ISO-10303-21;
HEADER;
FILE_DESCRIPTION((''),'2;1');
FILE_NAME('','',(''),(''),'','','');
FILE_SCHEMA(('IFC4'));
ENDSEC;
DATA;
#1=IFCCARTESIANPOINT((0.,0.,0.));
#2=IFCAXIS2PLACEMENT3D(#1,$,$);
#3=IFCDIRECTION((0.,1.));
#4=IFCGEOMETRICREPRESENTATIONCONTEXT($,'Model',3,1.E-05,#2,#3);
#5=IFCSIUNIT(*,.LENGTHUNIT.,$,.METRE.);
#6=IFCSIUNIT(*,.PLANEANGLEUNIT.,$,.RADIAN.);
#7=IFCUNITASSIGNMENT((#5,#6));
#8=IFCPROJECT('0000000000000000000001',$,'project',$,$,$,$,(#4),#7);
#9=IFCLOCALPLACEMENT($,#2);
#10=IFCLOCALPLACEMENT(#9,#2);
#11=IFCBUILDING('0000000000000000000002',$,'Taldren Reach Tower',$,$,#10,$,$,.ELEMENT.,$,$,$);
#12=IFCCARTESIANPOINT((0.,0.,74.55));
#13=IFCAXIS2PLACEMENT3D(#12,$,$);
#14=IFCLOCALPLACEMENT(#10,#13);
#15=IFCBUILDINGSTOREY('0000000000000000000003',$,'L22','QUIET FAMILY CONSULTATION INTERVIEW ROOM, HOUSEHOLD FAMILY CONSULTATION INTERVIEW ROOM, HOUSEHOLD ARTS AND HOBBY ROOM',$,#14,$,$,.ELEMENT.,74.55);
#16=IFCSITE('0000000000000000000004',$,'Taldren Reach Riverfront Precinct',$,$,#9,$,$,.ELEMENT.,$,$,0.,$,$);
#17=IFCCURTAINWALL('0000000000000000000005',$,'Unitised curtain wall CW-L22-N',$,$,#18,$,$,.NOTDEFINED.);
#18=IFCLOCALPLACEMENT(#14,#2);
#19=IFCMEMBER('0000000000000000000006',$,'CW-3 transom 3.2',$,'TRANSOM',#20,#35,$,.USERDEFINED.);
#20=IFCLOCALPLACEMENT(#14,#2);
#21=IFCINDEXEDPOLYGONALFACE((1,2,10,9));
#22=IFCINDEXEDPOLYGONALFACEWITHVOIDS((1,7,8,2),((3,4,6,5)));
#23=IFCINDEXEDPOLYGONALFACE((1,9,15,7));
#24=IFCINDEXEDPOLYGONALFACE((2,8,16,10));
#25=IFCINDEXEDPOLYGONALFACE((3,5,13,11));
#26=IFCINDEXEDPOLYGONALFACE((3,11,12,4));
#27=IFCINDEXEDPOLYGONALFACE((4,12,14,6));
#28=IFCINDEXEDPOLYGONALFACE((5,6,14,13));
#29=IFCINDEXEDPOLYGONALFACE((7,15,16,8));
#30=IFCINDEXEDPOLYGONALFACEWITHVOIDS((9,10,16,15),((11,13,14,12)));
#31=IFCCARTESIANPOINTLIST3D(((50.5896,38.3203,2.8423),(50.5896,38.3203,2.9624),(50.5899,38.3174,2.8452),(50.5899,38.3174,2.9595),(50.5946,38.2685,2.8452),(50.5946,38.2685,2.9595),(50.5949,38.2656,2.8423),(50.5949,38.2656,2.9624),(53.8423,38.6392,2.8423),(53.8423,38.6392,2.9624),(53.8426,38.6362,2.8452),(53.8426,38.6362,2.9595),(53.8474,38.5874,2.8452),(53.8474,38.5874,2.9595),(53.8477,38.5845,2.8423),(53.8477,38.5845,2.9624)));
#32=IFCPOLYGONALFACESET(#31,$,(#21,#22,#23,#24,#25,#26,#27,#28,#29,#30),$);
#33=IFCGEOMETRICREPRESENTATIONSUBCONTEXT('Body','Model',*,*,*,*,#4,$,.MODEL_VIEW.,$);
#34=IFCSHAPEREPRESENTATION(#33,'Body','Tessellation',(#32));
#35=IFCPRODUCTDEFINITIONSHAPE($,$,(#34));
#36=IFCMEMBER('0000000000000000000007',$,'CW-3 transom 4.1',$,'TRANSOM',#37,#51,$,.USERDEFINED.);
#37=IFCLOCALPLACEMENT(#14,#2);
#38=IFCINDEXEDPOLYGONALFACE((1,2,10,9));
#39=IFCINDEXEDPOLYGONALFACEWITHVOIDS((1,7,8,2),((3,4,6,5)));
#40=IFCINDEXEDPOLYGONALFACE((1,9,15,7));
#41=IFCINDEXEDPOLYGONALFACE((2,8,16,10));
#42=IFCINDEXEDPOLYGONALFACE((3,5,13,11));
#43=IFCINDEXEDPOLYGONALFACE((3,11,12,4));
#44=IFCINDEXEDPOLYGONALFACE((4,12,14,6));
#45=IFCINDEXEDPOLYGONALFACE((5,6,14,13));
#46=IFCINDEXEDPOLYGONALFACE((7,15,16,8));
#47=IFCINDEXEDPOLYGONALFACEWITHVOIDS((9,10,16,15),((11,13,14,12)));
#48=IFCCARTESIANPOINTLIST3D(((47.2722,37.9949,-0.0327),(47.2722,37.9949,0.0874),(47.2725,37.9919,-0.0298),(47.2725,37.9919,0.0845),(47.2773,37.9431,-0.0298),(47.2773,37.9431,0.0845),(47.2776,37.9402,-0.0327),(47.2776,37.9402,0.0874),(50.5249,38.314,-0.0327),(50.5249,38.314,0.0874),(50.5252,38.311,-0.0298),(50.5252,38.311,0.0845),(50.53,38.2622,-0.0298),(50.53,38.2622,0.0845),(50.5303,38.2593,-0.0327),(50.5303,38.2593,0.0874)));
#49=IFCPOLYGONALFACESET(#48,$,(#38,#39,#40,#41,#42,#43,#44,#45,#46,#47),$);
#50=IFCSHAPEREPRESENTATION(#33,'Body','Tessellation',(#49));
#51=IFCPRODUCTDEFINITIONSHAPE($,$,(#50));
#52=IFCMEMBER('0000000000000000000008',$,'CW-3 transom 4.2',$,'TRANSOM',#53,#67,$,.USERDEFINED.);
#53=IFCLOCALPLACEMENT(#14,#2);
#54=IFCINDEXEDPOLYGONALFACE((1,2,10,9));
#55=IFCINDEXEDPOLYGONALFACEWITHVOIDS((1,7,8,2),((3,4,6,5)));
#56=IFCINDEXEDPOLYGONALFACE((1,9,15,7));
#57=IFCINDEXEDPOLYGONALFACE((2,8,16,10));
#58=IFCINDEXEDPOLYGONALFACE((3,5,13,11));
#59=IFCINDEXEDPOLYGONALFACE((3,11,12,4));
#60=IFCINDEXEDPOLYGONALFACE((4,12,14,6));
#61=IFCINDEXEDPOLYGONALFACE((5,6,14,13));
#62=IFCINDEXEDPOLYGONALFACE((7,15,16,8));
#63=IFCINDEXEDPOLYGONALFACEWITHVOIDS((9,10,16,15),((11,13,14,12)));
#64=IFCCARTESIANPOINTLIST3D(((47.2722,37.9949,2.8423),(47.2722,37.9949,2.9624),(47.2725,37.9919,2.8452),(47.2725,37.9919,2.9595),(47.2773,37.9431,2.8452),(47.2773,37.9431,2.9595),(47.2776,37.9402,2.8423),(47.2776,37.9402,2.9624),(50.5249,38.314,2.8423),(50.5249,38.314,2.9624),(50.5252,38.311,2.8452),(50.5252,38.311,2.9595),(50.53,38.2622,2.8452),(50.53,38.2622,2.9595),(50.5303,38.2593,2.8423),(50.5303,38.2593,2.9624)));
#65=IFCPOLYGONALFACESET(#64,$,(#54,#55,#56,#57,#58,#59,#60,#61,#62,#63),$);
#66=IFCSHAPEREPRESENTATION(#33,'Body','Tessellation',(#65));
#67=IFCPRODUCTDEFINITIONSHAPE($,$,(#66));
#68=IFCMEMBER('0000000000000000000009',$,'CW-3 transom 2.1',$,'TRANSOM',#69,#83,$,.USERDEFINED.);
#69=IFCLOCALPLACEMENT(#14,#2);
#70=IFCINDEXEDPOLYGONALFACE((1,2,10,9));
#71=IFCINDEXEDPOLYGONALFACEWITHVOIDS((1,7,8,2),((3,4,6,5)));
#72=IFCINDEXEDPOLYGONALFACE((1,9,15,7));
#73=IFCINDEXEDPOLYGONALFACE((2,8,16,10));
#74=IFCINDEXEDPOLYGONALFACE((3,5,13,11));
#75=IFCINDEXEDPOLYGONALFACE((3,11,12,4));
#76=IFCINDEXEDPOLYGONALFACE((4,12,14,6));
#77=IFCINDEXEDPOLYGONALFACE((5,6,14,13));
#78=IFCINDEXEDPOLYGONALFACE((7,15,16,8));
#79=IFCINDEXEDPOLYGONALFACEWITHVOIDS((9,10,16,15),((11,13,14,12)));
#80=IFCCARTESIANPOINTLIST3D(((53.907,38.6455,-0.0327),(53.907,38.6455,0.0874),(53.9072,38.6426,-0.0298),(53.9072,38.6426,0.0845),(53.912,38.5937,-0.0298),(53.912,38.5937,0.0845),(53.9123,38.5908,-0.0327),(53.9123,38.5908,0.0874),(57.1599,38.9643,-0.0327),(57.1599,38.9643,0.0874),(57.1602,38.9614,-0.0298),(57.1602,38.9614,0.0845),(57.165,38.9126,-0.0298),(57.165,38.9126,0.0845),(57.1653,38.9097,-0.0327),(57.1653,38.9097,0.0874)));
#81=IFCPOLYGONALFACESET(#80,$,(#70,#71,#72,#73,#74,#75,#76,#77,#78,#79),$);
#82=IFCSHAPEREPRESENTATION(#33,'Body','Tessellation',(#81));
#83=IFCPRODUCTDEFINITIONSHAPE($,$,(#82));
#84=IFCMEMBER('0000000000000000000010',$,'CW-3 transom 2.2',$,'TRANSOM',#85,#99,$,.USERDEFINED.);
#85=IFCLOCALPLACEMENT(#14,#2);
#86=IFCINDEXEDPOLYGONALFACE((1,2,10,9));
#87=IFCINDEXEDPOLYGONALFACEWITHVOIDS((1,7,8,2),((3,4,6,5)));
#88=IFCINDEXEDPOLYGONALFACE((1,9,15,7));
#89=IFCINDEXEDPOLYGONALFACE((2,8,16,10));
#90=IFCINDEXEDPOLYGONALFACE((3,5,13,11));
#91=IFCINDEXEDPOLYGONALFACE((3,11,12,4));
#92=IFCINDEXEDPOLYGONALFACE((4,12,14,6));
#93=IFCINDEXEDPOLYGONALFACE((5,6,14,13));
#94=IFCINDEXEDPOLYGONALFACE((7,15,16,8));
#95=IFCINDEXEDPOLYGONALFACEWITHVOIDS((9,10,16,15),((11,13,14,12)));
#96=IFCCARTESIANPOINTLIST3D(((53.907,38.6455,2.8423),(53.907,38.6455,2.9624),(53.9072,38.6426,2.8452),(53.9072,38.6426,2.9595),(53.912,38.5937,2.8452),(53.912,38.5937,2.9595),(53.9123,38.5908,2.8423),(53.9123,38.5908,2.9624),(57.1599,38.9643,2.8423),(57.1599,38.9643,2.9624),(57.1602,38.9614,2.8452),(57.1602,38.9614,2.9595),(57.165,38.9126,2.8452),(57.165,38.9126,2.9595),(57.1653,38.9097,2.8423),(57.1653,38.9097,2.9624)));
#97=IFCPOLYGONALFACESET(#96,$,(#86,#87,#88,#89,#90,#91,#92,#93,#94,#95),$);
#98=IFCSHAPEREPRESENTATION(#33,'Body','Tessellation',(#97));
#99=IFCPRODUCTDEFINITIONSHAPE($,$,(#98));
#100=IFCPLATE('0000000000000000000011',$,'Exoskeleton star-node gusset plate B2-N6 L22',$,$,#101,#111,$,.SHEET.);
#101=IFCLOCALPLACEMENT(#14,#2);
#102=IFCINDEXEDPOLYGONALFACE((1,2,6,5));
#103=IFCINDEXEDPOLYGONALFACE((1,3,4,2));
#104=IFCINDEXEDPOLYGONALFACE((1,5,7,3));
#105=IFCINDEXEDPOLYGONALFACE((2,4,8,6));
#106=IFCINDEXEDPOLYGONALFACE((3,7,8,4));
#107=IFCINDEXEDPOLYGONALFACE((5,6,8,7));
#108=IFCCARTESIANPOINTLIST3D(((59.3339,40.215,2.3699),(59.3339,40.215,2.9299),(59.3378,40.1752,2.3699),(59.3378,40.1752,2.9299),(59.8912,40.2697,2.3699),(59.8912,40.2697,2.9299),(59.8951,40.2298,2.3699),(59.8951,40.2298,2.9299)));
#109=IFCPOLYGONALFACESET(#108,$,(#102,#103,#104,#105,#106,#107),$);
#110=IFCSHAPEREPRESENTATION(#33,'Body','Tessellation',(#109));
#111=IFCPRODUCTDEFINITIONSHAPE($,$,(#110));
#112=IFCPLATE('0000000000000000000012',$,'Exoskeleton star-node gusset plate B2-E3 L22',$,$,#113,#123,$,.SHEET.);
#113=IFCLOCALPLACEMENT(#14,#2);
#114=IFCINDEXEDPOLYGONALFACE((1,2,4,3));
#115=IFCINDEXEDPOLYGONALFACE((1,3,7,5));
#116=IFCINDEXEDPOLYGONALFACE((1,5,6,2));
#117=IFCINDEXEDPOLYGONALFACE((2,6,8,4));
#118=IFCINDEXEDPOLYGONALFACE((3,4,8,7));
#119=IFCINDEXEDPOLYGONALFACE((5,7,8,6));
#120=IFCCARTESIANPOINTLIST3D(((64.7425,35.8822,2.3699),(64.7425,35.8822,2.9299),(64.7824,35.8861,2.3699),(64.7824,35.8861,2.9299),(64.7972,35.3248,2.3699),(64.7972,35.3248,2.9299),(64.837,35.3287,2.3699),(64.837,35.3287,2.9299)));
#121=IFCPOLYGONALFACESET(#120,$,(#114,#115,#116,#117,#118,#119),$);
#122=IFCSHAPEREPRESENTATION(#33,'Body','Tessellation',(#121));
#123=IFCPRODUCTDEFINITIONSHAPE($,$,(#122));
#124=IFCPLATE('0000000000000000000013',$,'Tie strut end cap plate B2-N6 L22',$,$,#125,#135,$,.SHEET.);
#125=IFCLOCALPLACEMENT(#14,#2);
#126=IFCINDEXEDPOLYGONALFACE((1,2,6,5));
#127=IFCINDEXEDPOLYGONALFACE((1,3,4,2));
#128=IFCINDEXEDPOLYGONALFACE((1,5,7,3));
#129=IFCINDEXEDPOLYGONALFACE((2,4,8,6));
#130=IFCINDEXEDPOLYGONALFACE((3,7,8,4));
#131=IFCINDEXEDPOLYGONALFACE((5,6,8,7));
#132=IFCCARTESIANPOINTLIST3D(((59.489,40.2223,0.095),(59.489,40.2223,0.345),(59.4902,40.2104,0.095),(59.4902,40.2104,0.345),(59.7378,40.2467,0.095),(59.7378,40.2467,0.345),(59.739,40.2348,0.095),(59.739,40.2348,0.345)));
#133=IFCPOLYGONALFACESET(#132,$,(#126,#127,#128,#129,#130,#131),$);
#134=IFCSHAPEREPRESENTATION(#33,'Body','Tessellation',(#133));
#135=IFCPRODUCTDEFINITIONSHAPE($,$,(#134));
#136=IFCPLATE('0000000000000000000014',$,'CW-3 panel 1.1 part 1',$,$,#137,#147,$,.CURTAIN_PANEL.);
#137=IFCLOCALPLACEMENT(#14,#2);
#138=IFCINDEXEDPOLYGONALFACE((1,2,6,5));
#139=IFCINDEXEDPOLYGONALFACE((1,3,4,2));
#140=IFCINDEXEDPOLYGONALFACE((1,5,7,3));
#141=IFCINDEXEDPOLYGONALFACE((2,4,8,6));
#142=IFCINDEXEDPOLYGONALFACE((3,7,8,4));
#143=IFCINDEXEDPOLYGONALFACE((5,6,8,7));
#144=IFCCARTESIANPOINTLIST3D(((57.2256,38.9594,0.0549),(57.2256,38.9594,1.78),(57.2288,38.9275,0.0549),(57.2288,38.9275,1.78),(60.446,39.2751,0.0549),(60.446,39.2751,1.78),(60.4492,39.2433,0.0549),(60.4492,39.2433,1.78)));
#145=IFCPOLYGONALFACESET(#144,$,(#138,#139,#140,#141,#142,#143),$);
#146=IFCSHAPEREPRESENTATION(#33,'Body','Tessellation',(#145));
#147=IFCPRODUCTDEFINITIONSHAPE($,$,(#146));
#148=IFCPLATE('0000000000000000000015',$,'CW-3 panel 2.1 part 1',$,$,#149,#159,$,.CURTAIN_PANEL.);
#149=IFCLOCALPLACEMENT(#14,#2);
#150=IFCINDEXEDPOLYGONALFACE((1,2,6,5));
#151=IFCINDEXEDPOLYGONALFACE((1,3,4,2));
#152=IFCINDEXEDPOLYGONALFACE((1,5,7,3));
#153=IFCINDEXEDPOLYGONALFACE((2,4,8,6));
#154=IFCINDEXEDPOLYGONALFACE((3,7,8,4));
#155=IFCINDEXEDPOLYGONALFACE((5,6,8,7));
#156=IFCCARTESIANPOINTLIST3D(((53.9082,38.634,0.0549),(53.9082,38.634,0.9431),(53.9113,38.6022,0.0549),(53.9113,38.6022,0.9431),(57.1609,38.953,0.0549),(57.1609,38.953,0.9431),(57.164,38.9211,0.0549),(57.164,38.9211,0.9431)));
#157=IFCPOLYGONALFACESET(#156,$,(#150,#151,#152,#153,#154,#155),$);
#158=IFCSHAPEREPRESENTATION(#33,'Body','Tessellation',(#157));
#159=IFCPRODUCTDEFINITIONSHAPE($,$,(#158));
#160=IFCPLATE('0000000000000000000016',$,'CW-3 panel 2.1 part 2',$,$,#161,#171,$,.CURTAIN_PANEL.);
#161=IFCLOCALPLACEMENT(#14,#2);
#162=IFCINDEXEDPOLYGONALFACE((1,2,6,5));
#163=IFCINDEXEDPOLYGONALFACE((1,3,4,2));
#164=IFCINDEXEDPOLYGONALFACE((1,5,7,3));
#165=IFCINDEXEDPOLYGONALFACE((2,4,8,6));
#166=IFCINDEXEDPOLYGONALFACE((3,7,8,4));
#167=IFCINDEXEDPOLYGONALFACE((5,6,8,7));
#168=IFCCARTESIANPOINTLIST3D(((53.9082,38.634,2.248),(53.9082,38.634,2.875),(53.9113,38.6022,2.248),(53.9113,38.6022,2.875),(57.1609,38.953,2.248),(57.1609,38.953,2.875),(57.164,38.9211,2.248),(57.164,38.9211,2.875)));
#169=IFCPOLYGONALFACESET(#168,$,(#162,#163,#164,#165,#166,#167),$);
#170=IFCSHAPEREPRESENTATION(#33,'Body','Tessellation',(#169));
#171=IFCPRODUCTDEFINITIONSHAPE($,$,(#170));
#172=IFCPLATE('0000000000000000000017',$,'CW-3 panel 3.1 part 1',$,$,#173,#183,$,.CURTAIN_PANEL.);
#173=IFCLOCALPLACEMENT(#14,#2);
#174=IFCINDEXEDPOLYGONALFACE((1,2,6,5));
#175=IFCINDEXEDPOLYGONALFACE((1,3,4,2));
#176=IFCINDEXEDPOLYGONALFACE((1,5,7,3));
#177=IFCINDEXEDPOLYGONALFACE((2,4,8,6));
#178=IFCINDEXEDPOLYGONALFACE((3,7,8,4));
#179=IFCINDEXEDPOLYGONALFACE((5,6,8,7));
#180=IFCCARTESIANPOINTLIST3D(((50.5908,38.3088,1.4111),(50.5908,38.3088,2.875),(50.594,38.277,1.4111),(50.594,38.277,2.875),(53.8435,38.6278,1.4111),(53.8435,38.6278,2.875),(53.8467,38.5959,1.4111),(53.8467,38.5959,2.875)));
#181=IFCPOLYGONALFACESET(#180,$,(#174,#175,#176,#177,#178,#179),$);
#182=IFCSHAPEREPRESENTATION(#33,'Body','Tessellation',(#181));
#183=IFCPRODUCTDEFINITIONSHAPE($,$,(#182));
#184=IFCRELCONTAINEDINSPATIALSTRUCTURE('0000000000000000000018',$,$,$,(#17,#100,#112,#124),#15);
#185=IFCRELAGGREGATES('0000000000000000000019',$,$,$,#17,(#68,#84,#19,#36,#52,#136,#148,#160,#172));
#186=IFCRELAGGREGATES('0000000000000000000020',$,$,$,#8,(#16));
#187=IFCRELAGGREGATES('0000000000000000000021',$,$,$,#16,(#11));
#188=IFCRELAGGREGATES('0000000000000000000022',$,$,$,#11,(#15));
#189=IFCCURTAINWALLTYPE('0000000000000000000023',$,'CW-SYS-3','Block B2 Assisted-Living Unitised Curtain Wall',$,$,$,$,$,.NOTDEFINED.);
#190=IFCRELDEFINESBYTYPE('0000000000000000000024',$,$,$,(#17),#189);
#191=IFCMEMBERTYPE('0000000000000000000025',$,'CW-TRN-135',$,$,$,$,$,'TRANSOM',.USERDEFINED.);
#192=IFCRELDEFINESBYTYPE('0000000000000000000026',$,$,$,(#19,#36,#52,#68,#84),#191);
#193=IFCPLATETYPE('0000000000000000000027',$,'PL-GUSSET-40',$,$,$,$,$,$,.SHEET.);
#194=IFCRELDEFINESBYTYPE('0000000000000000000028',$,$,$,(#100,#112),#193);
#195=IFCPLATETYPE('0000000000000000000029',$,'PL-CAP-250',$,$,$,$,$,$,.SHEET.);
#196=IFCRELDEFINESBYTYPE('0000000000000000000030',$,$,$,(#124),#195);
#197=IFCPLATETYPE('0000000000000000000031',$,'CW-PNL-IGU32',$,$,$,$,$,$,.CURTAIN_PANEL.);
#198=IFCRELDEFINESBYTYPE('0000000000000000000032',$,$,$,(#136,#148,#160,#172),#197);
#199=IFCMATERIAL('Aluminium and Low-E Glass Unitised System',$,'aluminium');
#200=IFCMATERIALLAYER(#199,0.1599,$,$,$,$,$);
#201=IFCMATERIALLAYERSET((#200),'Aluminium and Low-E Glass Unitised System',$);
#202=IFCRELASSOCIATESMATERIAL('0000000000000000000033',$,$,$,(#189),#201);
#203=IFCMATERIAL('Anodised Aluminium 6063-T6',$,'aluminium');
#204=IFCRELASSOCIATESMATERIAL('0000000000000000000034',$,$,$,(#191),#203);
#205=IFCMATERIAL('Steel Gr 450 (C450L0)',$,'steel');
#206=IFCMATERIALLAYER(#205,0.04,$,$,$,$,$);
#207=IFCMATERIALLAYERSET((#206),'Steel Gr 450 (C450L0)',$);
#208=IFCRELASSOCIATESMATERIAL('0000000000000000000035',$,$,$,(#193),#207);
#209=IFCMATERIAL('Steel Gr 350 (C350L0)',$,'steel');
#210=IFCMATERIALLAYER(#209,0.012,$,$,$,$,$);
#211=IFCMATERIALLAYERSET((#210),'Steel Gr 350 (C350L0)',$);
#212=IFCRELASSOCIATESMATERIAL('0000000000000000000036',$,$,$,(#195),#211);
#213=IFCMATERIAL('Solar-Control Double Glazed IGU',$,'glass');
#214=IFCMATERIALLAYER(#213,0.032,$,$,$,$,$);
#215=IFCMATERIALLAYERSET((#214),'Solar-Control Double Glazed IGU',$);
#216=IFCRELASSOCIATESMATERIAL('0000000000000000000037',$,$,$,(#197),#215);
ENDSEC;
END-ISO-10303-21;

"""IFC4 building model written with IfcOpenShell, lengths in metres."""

from ifc_helpers import new_model, si_unit, direction, frame, origin, origin_2d, place, context, subcontext, project, spatial, rectangle, hollow_rectangle, extrude, source, transform, mapped, material, layer, layer_set, material_profile, profile_set, type_object, element, aggregate, save


model = new_model("IFC4")

# Units and contexts
model_context = context("Model", 3, precision=1e-05, world=origin(), true_north=direction((0.0, 1.0)))
body_context = subcontext(model_context, "Body", "Model", "MODEL_VIEW")
ifc_project = project(units=[si_unit("LENGTHUNIT", "METRE"), si_unit("PLANEANGLEUNIT", "RADIAN")], contexts=[model_context])

# Site, building, storey
site_placement = place(None, origin())
site = spatial("IfcSite", under=ifc_project, at=site_placement, Name="Taldren Reach Riverfront Precinct", CompositionType="ELEMENT", RefElevation=0.0)
building_placement = place(site_placement, origin())
building = spatial("IfcBuilding", under=site, at=building_placement, Name="Taldren Reach Tower", CompositionType="ELEMENT")
storey_placement = place(building_placement, frame((0.0, 0.0, 74.55)))
storey = spatial("IfcBuildingStorey", under=building, at=storey_placement, Name="L22", Description="QUIET FAMILY CONSULTATION INTERVIEW ROOM, HOUSEHOLD FAMILY CONSULTATION INTERVIEW ROOM, HOUSEHOLD ARTS AND HOBBY ROOM", CompositionType="ELEMENT", Elevation=74.55)

# Shared definitions
ifc_material_1 = material(Name="Steel Gr 450 (C450L0)", Category="steel")
ifc_material_2 = material(Name="Steel Gr 350 (C350L0)", Category="steel")

# Curtain wall
ifc_material_3 = material(Name="Aluminium and Low-E Glass Unitised System", Category="aluminium")
ifc_layer_1 = layer(ifc_material_3, 0.1599)
ifc_layer_set_1 = layer_set([ifc_layer_1], Name="Aluminium and Low-E Glass Unitised System")
curtain_wall_type = type_object("IfcCurtainWallType", Name="CW-SYS-3", Description="Block B2 Assisted-Living Unitised Curtain Wall", PredefinedType="NOTDEFINED", material=ifc_layer_set_1)
curtain_wall_1_placement = place(storey_placement, origin())
curtain_wall_1 = element("IfcCurtainWall", 1, at=curtain_wall_1_placement, inside=storey, type_object=curtain_wall_type, Name="Unitised curtain wall CW-L22-N", PredefinedType="NOTDEFINED")
ifc_material_4 = material(Name="Anodised Aluminium 6063-T6", Category="aluminium")

# Members
ifc_material_profile_1 = material_profile(ifc_material_4, hollow_rectangle(XDim=0.0549, YDim=0.1201, WallThickness=0.0029, at=origin_2d()), Name="ALU-120x55x3RHS")
ifc_profile_set_1 = profile_set([ifc_material_profile_1], Name="Anodised Aluminium 6063-T6")
member_type_1 = type_object("IfcMemberType", Name="CW-TRN-135", ElementType="TRANSOM", PredefinedType="USERDEFINED", material=ifc_profile_set_1)
shared_shape_1 = source(origin(), body_context, "Body", "SweptSolid", [
    extrude(hollow_rectangle(XDim=0.0549, YDim=0.1201, WallThickness=0.0029, at=origin_2d()), origin(), (0.0, 0.0, 1.0), 3.2683),
])
member_1_placement = place(storey_placement, frame((53.845, 38.6118, 2.9023), z_axis=(-0.99523, -0.097558, 0.0), x_axis=(0.097558, -0.99523, 0.0)))
member_1 = element("IfcMember", 2, at=member_1_placement, type_object=member_type_1, Name="CW-3 transom 3.2", ObjectType="TRANSOM", PredefinedType="USERDEFINED", context=body_context, shape_type="MappedRepresentation", body=[
    mapped(shared_shape_1, transform((0.0, 0.0, 0.0), scale=1.0)),
])
member_2_placement = place(storey_placement, frame((50.5276, 38.2866, 0.0273), z_axis=(-0.995223, -0.097632, 0.0), x_axis=(0.097632, -0.995223, 0.0)))
member_2 = element("IfcMember", 3, at=member_2_placement, type_object=member_type_1, Name="CW-3 transom 4.1", ObjectType="TRANSOM", PredefinedType="USERDEFINED", context=body_context, shape_type="MappedRepresentation", body=[
    mapped(shared_shape_1, transform((0.0, 0.0, 0.0), scale=1.0)),
])
member_3_placement = place(storey_placement, frame((50.5276, 38.2866, 2.9023), z_axis=(-0.995223, -0.097632, 0.0), x_axis=(0.097632, -0.995223, 0.0)))
member_3 = element("IfcMember", 4, at=member_3_placement, type_object=member_type_1, Name="CW-3 transom 4.2", ObjectType="TRANSOM", PredefinedType="USERDEFINED", context=body_context, shape_type="MappedRepresentation", body=[
    mapped(shared_shape_1, transform((0.0, 0.0, 0.0), scale=1.0)),
])
shared_shape_2 = source(origin(), body_context, "Body", "SweptSolid", [
    extrude(hollow_rectangle(XDim=0.0549, YDim=0.1201, WallThickness=0.0029, at=origin_2d()), origin(), (0.0, 0.0, 1.0), 3.2686),
])
member_4_placement = place(storey_placement, frame((57.1626, 38.937, 0.0273), z_axis=(-0.995231, -0.097551, 0.0), x_axis=(0.097551, -0.995231, 0.0)))
member_4 = element("IfcMember", 5, at=member_4_placement, type_object=member_type_1, Name="CW-3 transom 2.1", ObjectType="TRANSOM", PredefinedType="USERDEFINED", context=body_context, shape_type="MappedRepresentation", body=[
    mapped(shared_shape_2, transform((0.0, 0.0, 0.0), scale=1.0)),
])
member_5_placement = place(storey_placement, frame((57.1626, 38.937, 2.9023), z_axis=(-0.995231, -0.097551, 0.0), x_axis=(0.097551, -0.995231, 0.0)))
member_5 = element("IfcMember", 6, at=member_5_placement, type_object=member_type_1, Name="CW-3 transom 2.2", ObjectType="TRANSOM", PredefinedType="USERDEFINED", context=body_context, shape_type="MappedRepresentation", body=[
    mapped(shared_shape_2, transform((0.0, 0.0, 0.0), scale=1.0)),
])

# Plates
ifc_layer_2 = layer(ifc_material_1, 0.04)
ifc_layer_set_2 = layer_set([ifc_layer_2], Name="Steel Gr 450 (C450L0)")
plate_type_1 = type_object("IfcPlateType", Name="PL-GUSSET-40", PredefinedType="SHEET", material=ifc_layer_set_2)
shared_shape_3 = source(origin(), body_context, "Body", "SweptSolid", [
    extrude(rectangle(XDim=0.5601, YDim=0.04, at=origin_2d()), origin(), (0.0, 0.0, 1.0), 0.5601),
])
for number, where, z_axis, x_axis, name in (
    (7, (59.6145, 40.2224, 2.3699), (0.0, 0.0, 1.0), (0.995227, 0.097583, 0.0), "Exoskeleton star-node gusset plate B2-N6 L22"),
    (8, (64.7898, 35.6055, 2.3699), (0.0, 0.0, 1.0), (-0.097583, 0.995227, 0.0), "Exoskeleton star-node gusset plate B2-E3 L22"),
):
    element("IfcPlate", number, at=place(storey_placement, frame(where, z_axis=z_axis, x_axis=x_axis)), inside=storey, type_object=plate_type_1, Name=name, PredefinedType="SHEET", context=body_context, shape_type="MappedRepresentation", body=[
        mapped(shared_shape_3, transform((0.0, 0.0, 0.0), scale=1.0)),
    ])
ifc_layer_3 = layer(ifc_material_2, 0.012)
ifc_layer_set_3 = layer_set([ifc_layer_3], Name="Steel Gr 350 (C350L0)")
plate_type_2 = type_object("IfcPlateType", Name="PL-CAP-250", PredefinedType="SHEET", material=ifc_layer_set_3)
shared_shape_4 = source(origin(), body_context, "Body", "SweptSolid", [
    extrude(rectangle(XDim=0.25, YDim=0.012, at=origin_2d()), origin(), (0.0, 0.0, 1.0), 0.25),
])
plate_1_placement = place(storey_placement, frame((59.614, 40.2285, 0.095), z_axis=(0.0, 0.0, 1.0), x_axis=(0.995227, 0.097583, 0.0)))
element("IfcPlate", 9, at=plate_1_placement, inside=storey, type_object=plate_type_2, Name="Tie strut end cap plate B2-N6 L22", PredefinedType="SHEET", context=body_context, shape_type="MappedRepresentation", body=[
    mapped(shared_shape_4, transform((0.0, 0.0, 0.0), scale=1.0)),
])

# Plates
ifc_material_5 = material(Name="Solar-Control Double Glazed IGU", Category="glass")
ifc_layer_4 = layer(ifc_material_5, 0.032)
ifc_layer_set_4 = layer_set([ifc_layer_4], Name="Solar-Control Double Glazed IGU")
plate_type_3 = type_object("IfcPlateType", Name="CW-PNL-IGU32", PredefinedType="CURTAIN_PANEL", material=ifc_layer_set_4)
shared_shape_5 = source(origin(), body_context, "Body", "SweptSolid", [
    extrude(rectangle(XDim=3.2358, YDim=0.032, at=origin_2d()), origin(), (0.0, 0.0, 1.0), 1.7251),
])
plate_2_placement = place(storey_placement, frame((58.8374, 39.1013, 0.0549), z_axis=(0.0, 0.0, 1.0), x_axis=(-0.995227, -0.097583, 0.0)))
plate_2 = element("IfcPlate", 10, at=plate_2_placement, type_object=plate_type_3, Name="CW-3 panel 1.1 part 1", PredefinedType="CURTAIN_PANEL", context=body_context, shape_type="MappedRepresentation", body=[
    mapped(shared_shape_5, transform((0.0, 0.0, 0.0), scale=1.0)),
])
shared_shape_6 = source(origin(), body_context, "Body", "SweptSolid", [
    extrude(rectangle(XDim=3.2683, YDim=0.032, at=origin_2d()), origin(), (0.0, 0.0, 1.0), 0.8882),
])
plate_3_placement = place(storey_placement, frame((55.5361, 38.7776, 0.0549), z_axis=(0.0, 0.0, 1.0), x_axis=(-0.995227, -0.097583, 0.0)))
plate_3 = element("IfcPlate", 11, at=plate_3_placement, type_object=plate_type_3, Name="CW-3 panel 2.1 part 1", PredefinedType="CURTAIN_PANEL", context=body_context, shape_type="MappedRepresentation", body=[
    mapped(shared_shape_6, transform((0.0, 0.0, 0.0), scale=1.0)),
])
shared_shape_7 = source(origin(), body_context, "Body", "SweptSolid", [
    extrude(rectangle(XDim=3.2683, YDim=0.032, at=origin_2d()), origin(), (0.0, 0.0, 1.0), 0.627),
])
plate_4_placement = place(storey_placement, frame((55.5361, 38.7776, 2.248), z_axis=(0.0, 0.0, 1.0), x_axis=(-0.995227, -0.097583, 0.0)))
plate_4 = element("IfcPlate", 12, at=plate_4_placement, type_object=plate_type_3, Name="CW-3 panel 2.1 part 2", PredefinedType="CURTAIN_PANEL", context=body_context, shape_type="MappedRepresentation", body=[
    mapped(shared_shape_7, transform((0.0, 0.0, 0.0), scale=1.0)),
])
shared_shape_8 = source(origin(), body_context, "Body", "SweptSolid", [
    extrude(rectangle(XDim=3.2683, YDim=0.032, at=origin_2d()), origin(), (0.0, 0.0, 1.0), 1.4639),
])
plate_5_placement = place(storey_placement, frame((52.2188, 38.4524, 1.4111), z_axis=(0.0, 0.0, 1.0), x_axis=(-0.995227, -0.097583, 0.0)))
plate_5 = element("IfcPlate", 13, at=plate_5_placement, type_object=plate_type_3, Name="CW-3 panel 3.1 part 1", PredefinedType="CURTAIN_PANEL", context=body_context, shape_type="MappedRepresentation", body=[
    mapped(shared_shape_8, transform((0.0, 0.0, 0.0), scale=1.0)),
])
aggregate(curtain_wall_1, [member_4, member_5, member_1, member_2, member_3, plate_2, plate_3, plate_4, plate_5])

save(model, "model.ifc")
